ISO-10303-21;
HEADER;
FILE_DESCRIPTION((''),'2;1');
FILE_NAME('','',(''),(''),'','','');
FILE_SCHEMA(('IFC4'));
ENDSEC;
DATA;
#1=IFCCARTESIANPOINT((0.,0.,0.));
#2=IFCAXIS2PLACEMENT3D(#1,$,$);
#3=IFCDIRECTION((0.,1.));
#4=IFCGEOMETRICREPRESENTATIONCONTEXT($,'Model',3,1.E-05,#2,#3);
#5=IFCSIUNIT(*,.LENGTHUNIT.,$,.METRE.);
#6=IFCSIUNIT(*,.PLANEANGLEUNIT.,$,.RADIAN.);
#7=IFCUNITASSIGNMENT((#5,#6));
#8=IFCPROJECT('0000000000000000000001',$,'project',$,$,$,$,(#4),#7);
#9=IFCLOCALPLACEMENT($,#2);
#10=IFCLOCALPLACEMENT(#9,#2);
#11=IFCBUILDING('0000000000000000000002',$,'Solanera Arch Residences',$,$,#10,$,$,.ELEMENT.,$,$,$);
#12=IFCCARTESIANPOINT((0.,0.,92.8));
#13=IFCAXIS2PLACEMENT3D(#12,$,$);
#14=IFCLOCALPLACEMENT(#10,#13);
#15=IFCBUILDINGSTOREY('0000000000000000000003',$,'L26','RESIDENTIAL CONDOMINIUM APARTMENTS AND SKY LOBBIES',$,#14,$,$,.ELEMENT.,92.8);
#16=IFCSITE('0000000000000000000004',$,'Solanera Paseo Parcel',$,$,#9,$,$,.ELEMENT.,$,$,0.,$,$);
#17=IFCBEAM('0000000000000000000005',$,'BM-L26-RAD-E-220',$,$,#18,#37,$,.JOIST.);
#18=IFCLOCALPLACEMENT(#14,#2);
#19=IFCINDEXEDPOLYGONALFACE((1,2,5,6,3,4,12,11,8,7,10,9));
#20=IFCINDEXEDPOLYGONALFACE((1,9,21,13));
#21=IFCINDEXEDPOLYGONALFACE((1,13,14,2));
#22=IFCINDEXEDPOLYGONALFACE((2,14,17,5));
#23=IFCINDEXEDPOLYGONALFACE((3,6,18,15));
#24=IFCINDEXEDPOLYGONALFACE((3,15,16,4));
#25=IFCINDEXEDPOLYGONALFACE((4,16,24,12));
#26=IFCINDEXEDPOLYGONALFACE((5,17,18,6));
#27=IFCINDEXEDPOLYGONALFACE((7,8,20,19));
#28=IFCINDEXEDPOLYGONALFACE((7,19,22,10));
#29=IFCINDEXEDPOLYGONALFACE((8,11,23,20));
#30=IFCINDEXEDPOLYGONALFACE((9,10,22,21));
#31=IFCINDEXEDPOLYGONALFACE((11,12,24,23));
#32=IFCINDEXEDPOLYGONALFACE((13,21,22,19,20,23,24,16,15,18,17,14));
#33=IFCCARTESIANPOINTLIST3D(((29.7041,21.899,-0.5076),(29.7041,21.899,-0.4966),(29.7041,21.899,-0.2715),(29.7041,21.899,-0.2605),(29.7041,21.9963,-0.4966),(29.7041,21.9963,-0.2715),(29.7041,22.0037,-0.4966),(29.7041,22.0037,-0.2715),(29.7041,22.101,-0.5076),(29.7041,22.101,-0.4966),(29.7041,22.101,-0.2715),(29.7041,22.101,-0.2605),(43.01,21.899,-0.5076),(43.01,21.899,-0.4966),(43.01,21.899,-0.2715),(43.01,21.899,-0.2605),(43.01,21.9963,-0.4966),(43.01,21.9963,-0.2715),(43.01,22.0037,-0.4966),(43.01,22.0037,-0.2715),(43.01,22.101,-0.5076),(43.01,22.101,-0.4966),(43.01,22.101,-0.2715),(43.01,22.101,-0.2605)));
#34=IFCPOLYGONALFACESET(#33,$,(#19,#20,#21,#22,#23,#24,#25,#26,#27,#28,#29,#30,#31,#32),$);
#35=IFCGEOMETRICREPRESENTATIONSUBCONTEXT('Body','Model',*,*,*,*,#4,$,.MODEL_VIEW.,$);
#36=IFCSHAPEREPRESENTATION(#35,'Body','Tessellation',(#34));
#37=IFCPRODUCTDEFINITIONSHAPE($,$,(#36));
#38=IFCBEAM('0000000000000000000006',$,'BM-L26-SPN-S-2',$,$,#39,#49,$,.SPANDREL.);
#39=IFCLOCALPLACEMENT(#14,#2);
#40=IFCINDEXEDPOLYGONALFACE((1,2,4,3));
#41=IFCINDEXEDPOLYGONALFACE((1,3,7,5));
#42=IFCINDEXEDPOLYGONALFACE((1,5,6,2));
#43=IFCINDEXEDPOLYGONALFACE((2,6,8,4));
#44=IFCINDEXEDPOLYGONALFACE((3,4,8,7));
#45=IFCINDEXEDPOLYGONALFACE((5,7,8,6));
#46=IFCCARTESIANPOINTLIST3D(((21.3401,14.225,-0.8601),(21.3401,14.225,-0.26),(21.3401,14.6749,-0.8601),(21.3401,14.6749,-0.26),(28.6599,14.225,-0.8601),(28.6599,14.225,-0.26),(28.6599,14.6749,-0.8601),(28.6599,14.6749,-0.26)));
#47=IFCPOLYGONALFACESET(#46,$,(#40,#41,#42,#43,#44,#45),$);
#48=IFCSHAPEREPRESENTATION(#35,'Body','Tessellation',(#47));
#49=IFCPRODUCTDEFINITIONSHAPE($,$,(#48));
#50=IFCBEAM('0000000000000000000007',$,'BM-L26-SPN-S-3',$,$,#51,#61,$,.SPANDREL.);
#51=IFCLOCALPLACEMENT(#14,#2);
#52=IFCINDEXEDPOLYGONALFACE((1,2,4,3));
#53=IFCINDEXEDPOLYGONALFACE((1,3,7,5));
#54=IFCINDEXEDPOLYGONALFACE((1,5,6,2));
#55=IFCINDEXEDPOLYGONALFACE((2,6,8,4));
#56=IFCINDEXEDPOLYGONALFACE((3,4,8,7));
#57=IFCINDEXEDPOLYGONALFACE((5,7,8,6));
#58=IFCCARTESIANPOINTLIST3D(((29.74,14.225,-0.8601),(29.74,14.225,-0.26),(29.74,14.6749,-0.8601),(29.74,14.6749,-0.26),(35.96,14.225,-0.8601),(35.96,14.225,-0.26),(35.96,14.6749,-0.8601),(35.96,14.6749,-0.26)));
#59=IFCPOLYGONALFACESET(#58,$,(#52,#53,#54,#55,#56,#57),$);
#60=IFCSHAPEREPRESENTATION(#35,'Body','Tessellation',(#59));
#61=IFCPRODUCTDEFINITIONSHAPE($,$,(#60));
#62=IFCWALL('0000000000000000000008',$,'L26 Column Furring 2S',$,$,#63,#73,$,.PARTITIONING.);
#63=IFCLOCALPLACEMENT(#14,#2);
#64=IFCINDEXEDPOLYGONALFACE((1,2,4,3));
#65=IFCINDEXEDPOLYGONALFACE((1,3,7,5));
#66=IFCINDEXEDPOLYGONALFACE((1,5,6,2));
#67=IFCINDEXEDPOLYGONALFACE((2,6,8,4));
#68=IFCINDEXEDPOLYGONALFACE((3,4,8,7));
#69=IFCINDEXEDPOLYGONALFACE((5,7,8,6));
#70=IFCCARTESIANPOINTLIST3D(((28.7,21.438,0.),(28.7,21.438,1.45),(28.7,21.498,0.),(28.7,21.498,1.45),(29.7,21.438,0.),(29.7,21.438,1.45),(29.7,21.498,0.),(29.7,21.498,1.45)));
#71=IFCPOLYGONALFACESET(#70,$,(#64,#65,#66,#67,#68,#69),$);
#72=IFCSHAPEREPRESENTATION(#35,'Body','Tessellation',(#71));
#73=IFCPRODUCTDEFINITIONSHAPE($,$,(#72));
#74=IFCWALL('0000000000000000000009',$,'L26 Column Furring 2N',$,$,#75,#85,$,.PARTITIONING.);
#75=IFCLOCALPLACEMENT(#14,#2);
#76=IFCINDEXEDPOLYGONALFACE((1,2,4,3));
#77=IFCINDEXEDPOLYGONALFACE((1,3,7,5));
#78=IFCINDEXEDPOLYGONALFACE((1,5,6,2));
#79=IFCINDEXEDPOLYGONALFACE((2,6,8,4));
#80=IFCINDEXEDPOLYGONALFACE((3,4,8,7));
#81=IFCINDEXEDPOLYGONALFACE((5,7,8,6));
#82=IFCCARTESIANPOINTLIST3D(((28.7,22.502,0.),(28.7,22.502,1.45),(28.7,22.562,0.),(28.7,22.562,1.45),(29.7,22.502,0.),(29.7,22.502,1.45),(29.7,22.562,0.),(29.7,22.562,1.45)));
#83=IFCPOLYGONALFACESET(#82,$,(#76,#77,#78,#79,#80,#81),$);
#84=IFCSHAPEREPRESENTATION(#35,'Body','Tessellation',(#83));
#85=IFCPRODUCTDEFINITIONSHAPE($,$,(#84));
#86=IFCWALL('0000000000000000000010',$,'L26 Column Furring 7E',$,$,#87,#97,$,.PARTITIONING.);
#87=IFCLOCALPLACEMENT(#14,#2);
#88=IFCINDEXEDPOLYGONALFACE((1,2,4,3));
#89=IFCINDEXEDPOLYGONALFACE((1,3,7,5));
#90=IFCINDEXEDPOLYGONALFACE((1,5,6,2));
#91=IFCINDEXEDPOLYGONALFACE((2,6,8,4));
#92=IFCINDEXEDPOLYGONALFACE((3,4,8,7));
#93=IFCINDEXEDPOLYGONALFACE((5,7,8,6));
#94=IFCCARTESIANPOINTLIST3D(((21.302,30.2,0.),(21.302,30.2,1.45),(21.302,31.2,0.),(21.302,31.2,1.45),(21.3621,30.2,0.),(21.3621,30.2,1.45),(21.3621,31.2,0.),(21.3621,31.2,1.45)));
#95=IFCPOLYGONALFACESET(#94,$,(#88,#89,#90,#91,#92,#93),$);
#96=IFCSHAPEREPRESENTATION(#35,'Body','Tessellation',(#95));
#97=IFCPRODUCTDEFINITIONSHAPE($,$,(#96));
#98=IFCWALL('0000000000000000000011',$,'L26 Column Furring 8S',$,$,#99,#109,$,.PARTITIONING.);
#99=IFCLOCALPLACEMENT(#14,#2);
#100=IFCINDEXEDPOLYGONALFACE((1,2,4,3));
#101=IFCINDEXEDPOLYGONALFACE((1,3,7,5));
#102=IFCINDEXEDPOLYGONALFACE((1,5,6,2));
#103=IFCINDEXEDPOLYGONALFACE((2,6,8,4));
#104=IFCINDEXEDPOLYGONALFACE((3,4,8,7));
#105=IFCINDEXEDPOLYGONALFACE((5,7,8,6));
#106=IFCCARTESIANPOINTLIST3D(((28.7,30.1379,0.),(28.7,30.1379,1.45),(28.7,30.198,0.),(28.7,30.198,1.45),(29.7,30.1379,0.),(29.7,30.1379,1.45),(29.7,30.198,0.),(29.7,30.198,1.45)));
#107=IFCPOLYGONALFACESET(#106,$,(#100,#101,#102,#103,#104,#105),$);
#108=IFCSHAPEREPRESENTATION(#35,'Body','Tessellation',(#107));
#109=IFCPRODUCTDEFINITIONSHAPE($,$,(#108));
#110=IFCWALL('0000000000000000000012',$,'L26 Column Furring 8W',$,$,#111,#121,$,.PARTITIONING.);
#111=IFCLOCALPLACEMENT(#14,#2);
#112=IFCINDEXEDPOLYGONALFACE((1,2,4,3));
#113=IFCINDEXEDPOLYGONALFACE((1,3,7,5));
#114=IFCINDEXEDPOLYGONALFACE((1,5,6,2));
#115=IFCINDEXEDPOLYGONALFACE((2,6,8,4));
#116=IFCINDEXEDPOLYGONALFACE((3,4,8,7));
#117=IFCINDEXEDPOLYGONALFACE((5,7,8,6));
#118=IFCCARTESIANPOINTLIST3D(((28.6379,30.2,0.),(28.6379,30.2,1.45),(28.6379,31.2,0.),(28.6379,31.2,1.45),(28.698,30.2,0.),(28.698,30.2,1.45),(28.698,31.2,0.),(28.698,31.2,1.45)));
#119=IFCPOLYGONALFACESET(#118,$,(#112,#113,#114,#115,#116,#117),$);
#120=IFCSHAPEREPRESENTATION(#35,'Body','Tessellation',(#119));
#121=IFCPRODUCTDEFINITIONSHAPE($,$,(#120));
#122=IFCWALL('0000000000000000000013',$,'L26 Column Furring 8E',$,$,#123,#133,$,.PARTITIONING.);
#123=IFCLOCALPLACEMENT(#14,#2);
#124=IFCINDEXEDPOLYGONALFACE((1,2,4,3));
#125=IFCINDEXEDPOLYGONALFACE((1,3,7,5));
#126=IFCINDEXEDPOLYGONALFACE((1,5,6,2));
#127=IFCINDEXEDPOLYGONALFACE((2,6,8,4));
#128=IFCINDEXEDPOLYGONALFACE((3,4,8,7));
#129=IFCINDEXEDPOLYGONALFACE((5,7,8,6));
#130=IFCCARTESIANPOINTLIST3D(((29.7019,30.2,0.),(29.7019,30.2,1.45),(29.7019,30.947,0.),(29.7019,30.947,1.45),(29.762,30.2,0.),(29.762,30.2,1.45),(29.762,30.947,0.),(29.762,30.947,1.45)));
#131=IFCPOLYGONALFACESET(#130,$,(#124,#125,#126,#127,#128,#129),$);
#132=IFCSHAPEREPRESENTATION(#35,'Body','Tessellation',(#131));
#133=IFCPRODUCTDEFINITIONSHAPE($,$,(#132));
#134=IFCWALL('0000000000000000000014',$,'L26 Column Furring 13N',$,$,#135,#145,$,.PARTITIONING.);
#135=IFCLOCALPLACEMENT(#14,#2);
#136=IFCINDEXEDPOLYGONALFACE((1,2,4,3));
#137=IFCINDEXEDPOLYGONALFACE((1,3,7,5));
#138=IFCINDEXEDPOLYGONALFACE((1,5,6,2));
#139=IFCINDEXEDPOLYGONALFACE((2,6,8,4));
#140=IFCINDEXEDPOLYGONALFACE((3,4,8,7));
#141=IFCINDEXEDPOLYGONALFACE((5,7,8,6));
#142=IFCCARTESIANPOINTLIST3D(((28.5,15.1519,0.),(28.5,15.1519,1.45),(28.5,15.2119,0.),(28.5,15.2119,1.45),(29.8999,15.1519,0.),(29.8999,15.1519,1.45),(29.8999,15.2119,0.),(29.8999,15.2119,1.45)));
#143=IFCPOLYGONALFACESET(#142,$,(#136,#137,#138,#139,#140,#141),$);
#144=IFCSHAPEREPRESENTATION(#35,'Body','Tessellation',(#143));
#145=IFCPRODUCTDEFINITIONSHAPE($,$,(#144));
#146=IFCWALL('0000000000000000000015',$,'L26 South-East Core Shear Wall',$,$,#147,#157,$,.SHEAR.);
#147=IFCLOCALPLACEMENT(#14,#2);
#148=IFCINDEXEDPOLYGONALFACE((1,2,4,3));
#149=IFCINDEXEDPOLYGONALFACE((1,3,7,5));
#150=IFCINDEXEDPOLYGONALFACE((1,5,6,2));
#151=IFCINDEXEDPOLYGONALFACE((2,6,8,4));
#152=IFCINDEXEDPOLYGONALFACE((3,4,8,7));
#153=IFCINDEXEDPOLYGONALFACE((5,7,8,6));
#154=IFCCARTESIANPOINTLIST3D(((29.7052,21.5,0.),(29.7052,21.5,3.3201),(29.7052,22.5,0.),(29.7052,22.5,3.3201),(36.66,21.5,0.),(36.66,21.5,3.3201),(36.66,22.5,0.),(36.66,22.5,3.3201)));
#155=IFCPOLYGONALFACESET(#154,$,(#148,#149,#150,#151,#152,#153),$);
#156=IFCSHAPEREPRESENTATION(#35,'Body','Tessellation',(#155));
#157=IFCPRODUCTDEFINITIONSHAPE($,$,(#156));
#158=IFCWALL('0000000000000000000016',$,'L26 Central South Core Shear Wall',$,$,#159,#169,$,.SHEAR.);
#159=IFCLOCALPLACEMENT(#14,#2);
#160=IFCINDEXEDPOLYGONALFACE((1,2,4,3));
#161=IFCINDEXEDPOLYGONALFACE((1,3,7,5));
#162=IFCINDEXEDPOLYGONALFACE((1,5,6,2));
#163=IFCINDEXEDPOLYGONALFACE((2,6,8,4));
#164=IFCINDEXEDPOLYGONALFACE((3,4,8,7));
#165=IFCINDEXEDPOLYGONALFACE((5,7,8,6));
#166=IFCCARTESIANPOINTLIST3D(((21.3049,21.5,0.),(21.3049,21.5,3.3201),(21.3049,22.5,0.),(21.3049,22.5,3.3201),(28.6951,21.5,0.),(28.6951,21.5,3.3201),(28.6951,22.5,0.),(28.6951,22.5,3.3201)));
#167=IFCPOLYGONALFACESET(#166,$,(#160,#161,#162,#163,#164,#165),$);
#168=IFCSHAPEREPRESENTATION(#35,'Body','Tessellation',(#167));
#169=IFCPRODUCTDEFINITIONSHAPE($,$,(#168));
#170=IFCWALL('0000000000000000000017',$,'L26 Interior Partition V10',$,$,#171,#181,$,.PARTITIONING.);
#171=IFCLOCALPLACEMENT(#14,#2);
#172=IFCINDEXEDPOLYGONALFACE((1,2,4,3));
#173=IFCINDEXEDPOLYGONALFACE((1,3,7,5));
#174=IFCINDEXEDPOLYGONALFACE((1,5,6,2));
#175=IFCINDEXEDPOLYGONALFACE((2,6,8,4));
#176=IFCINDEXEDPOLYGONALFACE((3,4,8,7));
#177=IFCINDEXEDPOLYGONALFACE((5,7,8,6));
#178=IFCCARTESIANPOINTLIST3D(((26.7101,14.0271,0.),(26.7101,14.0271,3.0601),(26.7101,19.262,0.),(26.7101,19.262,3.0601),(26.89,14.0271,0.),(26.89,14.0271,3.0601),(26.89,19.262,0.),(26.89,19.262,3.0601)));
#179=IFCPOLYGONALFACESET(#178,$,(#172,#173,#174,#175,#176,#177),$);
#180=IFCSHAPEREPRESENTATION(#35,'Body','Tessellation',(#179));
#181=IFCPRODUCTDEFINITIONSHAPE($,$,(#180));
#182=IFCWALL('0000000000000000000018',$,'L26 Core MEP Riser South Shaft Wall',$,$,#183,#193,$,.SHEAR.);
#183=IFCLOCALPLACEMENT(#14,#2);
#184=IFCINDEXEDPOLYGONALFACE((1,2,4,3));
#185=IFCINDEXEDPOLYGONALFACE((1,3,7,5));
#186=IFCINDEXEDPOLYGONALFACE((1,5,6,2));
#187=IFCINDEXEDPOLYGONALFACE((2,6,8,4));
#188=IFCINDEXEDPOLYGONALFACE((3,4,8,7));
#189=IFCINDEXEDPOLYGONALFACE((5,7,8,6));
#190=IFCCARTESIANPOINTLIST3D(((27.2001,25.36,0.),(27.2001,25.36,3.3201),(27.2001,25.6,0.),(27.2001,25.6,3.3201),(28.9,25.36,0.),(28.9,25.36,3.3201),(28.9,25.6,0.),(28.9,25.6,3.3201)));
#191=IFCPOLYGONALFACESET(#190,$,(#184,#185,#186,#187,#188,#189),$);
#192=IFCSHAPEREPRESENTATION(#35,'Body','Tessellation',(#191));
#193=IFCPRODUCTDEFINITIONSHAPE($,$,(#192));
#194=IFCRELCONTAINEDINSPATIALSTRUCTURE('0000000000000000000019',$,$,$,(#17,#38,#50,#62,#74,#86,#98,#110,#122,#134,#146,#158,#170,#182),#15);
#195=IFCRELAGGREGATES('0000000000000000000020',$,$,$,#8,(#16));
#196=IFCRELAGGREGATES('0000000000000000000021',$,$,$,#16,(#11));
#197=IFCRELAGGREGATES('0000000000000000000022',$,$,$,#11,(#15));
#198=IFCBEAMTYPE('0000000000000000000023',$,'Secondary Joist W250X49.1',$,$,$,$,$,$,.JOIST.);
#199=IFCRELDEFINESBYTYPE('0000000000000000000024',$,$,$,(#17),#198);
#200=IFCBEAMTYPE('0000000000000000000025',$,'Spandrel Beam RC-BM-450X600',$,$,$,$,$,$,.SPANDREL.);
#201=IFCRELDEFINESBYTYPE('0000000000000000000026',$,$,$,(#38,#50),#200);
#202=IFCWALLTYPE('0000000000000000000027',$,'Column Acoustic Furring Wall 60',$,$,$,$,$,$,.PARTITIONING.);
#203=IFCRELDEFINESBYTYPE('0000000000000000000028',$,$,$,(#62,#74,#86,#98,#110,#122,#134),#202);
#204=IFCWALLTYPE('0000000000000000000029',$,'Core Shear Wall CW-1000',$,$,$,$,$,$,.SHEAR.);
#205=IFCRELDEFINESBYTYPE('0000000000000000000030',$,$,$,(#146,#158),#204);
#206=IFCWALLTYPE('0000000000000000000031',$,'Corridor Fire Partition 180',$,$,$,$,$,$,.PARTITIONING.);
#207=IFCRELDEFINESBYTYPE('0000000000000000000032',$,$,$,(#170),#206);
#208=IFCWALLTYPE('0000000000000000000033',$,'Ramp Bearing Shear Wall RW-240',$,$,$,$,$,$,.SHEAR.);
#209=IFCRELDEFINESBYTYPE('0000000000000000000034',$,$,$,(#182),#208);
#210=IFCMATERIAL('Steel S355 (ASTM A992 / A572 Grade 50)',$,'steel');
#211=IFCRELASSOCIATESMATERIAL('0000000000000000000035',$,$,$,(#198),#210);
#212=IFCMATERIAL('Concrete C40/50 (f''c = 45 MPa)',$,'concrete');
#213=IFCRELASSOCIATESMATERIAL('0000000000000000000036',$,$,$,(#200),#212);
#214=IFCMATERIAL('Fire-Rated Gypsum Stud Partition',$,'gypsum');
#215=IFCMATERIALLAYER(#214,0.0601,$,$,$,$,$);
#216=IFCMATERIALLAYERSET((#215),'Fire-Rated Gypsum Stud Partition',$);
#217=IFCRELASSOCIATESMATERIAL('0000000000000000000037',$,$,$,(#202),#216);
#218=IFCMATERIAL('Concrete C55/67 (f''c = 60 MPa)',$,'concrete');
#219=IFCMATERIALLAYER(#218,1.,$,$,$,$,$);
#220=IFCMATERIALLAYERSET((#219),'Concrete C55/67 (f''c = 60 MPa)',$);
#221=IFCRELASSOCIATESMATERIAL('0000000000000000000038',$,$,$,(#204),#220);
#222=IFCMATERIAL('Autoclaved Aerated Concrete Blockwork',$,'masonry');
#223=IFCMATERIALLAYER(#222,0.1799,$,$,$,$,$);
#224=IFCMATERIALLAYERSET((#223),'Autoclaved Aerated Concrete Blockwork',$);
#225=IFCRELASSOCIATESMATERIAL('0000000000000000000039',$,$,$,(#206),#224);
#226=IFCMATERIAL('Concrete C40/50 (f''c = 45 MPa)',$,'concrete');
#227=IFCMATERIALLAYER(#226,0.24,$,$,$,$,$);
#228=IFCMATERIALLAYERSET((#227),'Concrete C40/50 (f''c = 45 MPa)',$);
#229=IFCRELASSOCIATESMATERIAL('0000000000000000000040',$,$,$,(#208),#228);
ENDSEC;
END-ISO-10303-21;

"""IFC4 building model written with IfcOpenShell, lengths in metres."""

from ifc_helpers import new_model, si_unit, direction, frame, frame_2d, origin, origin_2d, place, context, subcontext, project, spatial, rectangle, i_section, extrude, material, layer, layer_set, material_profile, profile_set, type_object, element, save


model = new_model("IFC4")

# Units and contexts
model_context = context("Model", 3, precision=1e-05, world=origin(), true_north=direction((0.0, 1.0)))
body_context = subcontext(model_context, "Body", "Model", "MODEL_VIEW")
ifc_project = project(units=[si_unit("LENGTHUNIT", "METRE"), si_unit("PLANEANGLEUNIT", "RADIAN")], contexts=[model_context])

# Site, building, storey
site_placement = place(None, origin())
site = spatial("IfcSite", under=ifc_project, at=site_placement, Name="Solanera Paseo Parcel", CompositionType="ELEMENT", RefElevation=0.0)
building_placement = place(site_placement, origin())
building = spatial("IfcBuilding", under=site, at=building_placement, Name="Solanera Arch Residences", CompositionType="ELEMENT")
storey_placement = place(building_placement, frame((0.0, 0.0, 92.8)))
storey = spatial("IfcBuildingStorey", under=building, at=storey_placement, Name="L26", Description="RESIDENTIAL CONDOMINIUM APARTMENTS AND SKY LOBBIES", CompositionType="ELEMENT", Elevation=92.8)

# Beams
ifc_material_1 = material(Name="Steel S355 (ASTM A992 / A572 Grade 50)", Category="steel")
ifc_material_profile_1 = material_profile(ifc_material_1, i_section(OverallWidth=0.2019, OverallDepth=0.2471, WebThickness=0.0073, FlangeThickness=0.011, at=origin_2d()))
ifc_profile_set_1 = profile_set([ifc_material_profile_1], Name="Steel S355 (ASTM A992 / A572 Grade 50)")
beam_type_1 = type_object("IfcBeamType", Name="Secondary Joist W250X49.1", PredefinedType="JOIST", material=ifc_profile_set_1)
beam_1_placement = place(storey_placement, frame((29.7041, 22.0, -0.384), z_axis=(1.0, 0.0, 0.0), x_axis=(0.0, 1.0, 0.0)))
element("IfcBeam", 1, at=beam_1_placement, inside=storey, type_object=beam_type_1, Name="BM-L26-RAD-E-220", PredefinedType="JOIST", context=body_context, shape_type="SweptSolid", body=[
    extrude(i_section(OverallWidth=0.2019, OverallDepth=0.2471, WebThickness=0.0073, FlangeThickness=0.011, at=origin_2d()), origin(), (0.0, 0.0, 1.0), 13.3059),
])
ifc_material_2 = material(Name="Concrete C40/50 (f'c = 45 MPa)", Category="concrete")
ifc_material_profile_2 = material_profile(ifc_material_2, rectangle(XDim=0.45, YDim=0.6001, at=origin_2d()))
ifc_profile_set_2 = profile_set([ifc_material_profile_2], Name="Concrete C40/50 (f'c = 45 MPa)")
beam_type_2 = type_object("IfcBeamType", Name="Spandrel Beam RC-BM-450X600", PredefinedType="SPANDREL", material=ifc_profile_set_2)
beam_2_placement = place(storey_placement, frame((21.3401, 14.45, -0.5601), z_axis=(1.0, 0.0, 0.0), x_axis=(0.0, 1.0, 0.0)))
element("IfcBeam", 2, at=beam_2_placement, inside=storey, type_object=beam_type_2, Name="BM-L26-SPN-S-2", PredefinedType="SPANDREL", context=body_context, shape_type="SweptSolid", body=[
    extrude(rectangle(XDim=0.45, YDim=0.6001, at=origin_2d()), origin(), (0.0, 0.0, 1.0), 7.3198),
])
beam_3_placement = place(storey_placement, frame((29.74, 14.45, -0.5601), z_axis=(1.0, 0.0, 0.0), x_axis=(0.0, 1.0, 0.0)))
element("IfcBeam", 3, at=beam_3_placement, inside=storey, type_object=beam_type_2, Name="BM-L26-SPN-S-3", PredefinedType="SPANDREL", context=body_context, shape_type="SweptSolid", body=[
    extrude(rectangle(XDim=0.45, YDim=0.6001, at=origin_2d()), origin(), (0.0, 0.0, 1.0), 6.22),
])

# Walls
ifc_material_3 = material(Name="Fire-Rated Gypsum Stud Partition", Category="gypsum")
ifc_layer_1 = layer(ifc_material_3, 0.0601)
ifc_layer_set_1 = layer_set([ifc_layer_1], Name="Fire-Rated Gypsum Stud Partition")
wall_type_1 = type_object("IfcWallType", Name="Column Acoustic Furring Wall 60", PredefinedType="PARTITIONING", material=ifc_layer_set_1)
for number, where, z_axis, x_axis, name in (
    (4, (28.7, 21.468, 0.0), (0.0, 0.0, 1.0), (1.0, 0.0, 0.0), "L26 Column Furring 2S"),
    (5, (28.7, 22.532, 0.0), (0.0, 0.0, 1.0), (1.0, 0.0, 0.0), "L26 Column Furring 2N"),
    (6, (21.332, 30.2, 0.0), (0.0, 0.0, 1.0), (0.0, 1.0, 0.0), "L26 Column Furring 7E"),
    (7, (28.7, 30.168, 0.0), (0.0, 0.0, 1.0), (1.0, 0.0, 0.0), "L26 Column Furring 8S"),
    (8, (28.668, 30.2, 0.0), (0.0, 0.0, 1.0), (0.0, 1.0, 0.0), "L26 Column Furring 8W"),
):
    element("IfcWall", number, at=place(storey_placement, frame(where, z_axis=z_axis, x_axis=x_axis)), inside=storey, type_object=wall_type_1, Name=name, PredefinedType="PARTITIONING", context=body_context, shape_type="SweptSolid", body=[
        extrude(rectangle(XDim=1.0, YDim=0.0601, at=frame_2d((0.5, 0.0))), origin(), (0.0, 0.0, 1.0), 1.45),
    ])
wall_1_placement = place(storey_placement, frame((29.7319, 30.2, 0.0), z_axis=(0.0, 0.0, 1.0), x_axis=(0.0, 1.0, 0.0)))
element("IfcWall", 9, at=wall_1_placement, inside=storey, type_object=wall_type_1, Name="L26 Column Furring 8E", PredefinedType="PARTITIONING", context=body_context, shape_type="SweptSolid", body=[
    extrude(rectangle(XDim=0.7471, YDim=0.0601, at=frame_2d((0.3735, 0.0))), origin(), (0.0, 0.0, 1.0), 1.45),
])
wall_2_placement = place(storey_placement, frame((28.5, 15.1819, 0.0), z_axis=(0.0, 0.0, 1.0), x_axis=(1.0, 0.0, 0.0)))
element("IfcWall", 10, at=wall_2_placement, inside=storey, type_object=wall_type_1, Name="L26 Column Furring 13N", PredefinedType="PARTITIONING", context=body_context, shape_type="SweptSolid", body=[
    extrude(rectangle(XDim=1.3999, YDim=0.0601, at=frame_2d((0.7, 0.0))), origin(), (0.0, 0.0, 1.0), 1.45),
])
ifc_material_4 = material(Name="Concrete C55/67 (f'c = 60 MPa)", Category="concrete")
ifc_layer_2 = layer(ifc_material_4, 1.0)
ifc_layer_set_2 = layer_set([ifc_layer_2], Name="Concrete C55/67 (f'c = 60 MPa)")
wall_type_2 = type_object("IfcWallType", Name="Core Shear Wall CW-1000", PredefinedType="SHEAR", material=ifc_layer_set_2)
wall_3_placement = place(storey_placement, frame((29.7051, 22.0, 0.0), z_axis=(0.0, 0.0, 1.0), x_axis=(1.0, 0.0, 0.0)))
element("IfcWall", 11, at=wall_3_placement, inside=storey, type_object=wall_type_2, Name="L26 South-East Core Shear Wall", PredefinedType="SHEAR", context=body_context, shape_type="SweptSolid", body=[
    extrude(rectangle(XDim=6.9548, YDim=1.0, at=frame_2d((3.4775, 0.0))), origin(), (0.0, 0.0, 1.0), 3.3201),
])
wall_4_placement = place(storey_placement, frame((21.3049, 22.0, 0.0), z_axis=(0.0, 0.0, 1.0), x_axis=(1.0, 0.0, 0.0)))
element("IfcWall", 12, at=wall_4_placement, inside=storey, type_object=wall_type_2, Name="L26 Central South Core Shear Wall", PredefinedType="SHEAR", context=body_context, shape_type="SweptSolid", body=[
    extrude(rectangle(XDim=7.3901, YDim=1.0, at=frame_2d((3.6951, 0.0))), origin(), (0.0, 0.0, 1.0), 3.3201),
])
ifc_material_5 = material(Name="Autoclaved Aerated Concrete Blockwork", Category="masonry")
ifc_layer_3 = layer(ifc_material_5, 0.1799)
ifc_layer_set_3 = layer_set([ifc_layer_3], Name="Autoclaved Aerated Concrete Blockwork")
wall_type_3 = type_object("IfcWallType", Name="Corridor Fire Partition 180", PredefinedType="PARTITIONING", material=ifc_layer_set_3)
wall_5_placement = place(storey_placement, frame((26.8, 14.0271, 0.0), z_axis=(0.0, 0.0, 1.0), x_axis=(0.0, 1.0, 0.0)))
element("IfcWall", 13, at=wall_5_placement, inside=storey, type_object=wall_type_3, Name="L26 Interior Partition V10", PredefinedType="PARTITIONING", context=body_context, shape_type="SweptSolid", body=[
    extrude(rectangle(XDim=5.2349, YDim=0.1799, at=frame_2d((2.6174, 0.0))), origin(), (0.0, 0.0, 1.0), 3.0601),
])
ifc_material_6 = material(Name="Concrete C40/50 (f'c = 45 MPa)", Category="concrete")
ifc_layer_4 = layer(ifc_material_6, 0.24)
ifc_layer_set_4 = layer_set([ifc_layer_4], Name="Concrete C40/50 (f'c = 45 MPa)")
wall_type_4 = type_object("IfcWallType", Name="Ramp Bearing Shear Wall RW-240", PredefinedType="SHEAR", material=ifc_layer_set_4)
for number, where, z_axis, x_axis, name in (
    (14, (27.2, 25.48, 0.0), (0.0, 0.0, 1.0), (1.0, 0.0, 0.0), "L26 Core MEP Riser South Shaft Wall"),
):
    element("IfcWall", number, at=place(storey_placement, frame(where, z_axis=z_axis, x_axis=x_axis)), inside=storey, type_object=wall_type_4, Name=name, PredefinedType="SHEAR", context=body_context, shape_type="SweptSolid", body=[
        extrude(rectangle(XDim=1.7, YDim=0.24, at=frame_2d((0.8501, 0.0))), origin(), (0.0, 0.0, 1.0), 3.3201),
    ])

save(model, "model.ifc")
